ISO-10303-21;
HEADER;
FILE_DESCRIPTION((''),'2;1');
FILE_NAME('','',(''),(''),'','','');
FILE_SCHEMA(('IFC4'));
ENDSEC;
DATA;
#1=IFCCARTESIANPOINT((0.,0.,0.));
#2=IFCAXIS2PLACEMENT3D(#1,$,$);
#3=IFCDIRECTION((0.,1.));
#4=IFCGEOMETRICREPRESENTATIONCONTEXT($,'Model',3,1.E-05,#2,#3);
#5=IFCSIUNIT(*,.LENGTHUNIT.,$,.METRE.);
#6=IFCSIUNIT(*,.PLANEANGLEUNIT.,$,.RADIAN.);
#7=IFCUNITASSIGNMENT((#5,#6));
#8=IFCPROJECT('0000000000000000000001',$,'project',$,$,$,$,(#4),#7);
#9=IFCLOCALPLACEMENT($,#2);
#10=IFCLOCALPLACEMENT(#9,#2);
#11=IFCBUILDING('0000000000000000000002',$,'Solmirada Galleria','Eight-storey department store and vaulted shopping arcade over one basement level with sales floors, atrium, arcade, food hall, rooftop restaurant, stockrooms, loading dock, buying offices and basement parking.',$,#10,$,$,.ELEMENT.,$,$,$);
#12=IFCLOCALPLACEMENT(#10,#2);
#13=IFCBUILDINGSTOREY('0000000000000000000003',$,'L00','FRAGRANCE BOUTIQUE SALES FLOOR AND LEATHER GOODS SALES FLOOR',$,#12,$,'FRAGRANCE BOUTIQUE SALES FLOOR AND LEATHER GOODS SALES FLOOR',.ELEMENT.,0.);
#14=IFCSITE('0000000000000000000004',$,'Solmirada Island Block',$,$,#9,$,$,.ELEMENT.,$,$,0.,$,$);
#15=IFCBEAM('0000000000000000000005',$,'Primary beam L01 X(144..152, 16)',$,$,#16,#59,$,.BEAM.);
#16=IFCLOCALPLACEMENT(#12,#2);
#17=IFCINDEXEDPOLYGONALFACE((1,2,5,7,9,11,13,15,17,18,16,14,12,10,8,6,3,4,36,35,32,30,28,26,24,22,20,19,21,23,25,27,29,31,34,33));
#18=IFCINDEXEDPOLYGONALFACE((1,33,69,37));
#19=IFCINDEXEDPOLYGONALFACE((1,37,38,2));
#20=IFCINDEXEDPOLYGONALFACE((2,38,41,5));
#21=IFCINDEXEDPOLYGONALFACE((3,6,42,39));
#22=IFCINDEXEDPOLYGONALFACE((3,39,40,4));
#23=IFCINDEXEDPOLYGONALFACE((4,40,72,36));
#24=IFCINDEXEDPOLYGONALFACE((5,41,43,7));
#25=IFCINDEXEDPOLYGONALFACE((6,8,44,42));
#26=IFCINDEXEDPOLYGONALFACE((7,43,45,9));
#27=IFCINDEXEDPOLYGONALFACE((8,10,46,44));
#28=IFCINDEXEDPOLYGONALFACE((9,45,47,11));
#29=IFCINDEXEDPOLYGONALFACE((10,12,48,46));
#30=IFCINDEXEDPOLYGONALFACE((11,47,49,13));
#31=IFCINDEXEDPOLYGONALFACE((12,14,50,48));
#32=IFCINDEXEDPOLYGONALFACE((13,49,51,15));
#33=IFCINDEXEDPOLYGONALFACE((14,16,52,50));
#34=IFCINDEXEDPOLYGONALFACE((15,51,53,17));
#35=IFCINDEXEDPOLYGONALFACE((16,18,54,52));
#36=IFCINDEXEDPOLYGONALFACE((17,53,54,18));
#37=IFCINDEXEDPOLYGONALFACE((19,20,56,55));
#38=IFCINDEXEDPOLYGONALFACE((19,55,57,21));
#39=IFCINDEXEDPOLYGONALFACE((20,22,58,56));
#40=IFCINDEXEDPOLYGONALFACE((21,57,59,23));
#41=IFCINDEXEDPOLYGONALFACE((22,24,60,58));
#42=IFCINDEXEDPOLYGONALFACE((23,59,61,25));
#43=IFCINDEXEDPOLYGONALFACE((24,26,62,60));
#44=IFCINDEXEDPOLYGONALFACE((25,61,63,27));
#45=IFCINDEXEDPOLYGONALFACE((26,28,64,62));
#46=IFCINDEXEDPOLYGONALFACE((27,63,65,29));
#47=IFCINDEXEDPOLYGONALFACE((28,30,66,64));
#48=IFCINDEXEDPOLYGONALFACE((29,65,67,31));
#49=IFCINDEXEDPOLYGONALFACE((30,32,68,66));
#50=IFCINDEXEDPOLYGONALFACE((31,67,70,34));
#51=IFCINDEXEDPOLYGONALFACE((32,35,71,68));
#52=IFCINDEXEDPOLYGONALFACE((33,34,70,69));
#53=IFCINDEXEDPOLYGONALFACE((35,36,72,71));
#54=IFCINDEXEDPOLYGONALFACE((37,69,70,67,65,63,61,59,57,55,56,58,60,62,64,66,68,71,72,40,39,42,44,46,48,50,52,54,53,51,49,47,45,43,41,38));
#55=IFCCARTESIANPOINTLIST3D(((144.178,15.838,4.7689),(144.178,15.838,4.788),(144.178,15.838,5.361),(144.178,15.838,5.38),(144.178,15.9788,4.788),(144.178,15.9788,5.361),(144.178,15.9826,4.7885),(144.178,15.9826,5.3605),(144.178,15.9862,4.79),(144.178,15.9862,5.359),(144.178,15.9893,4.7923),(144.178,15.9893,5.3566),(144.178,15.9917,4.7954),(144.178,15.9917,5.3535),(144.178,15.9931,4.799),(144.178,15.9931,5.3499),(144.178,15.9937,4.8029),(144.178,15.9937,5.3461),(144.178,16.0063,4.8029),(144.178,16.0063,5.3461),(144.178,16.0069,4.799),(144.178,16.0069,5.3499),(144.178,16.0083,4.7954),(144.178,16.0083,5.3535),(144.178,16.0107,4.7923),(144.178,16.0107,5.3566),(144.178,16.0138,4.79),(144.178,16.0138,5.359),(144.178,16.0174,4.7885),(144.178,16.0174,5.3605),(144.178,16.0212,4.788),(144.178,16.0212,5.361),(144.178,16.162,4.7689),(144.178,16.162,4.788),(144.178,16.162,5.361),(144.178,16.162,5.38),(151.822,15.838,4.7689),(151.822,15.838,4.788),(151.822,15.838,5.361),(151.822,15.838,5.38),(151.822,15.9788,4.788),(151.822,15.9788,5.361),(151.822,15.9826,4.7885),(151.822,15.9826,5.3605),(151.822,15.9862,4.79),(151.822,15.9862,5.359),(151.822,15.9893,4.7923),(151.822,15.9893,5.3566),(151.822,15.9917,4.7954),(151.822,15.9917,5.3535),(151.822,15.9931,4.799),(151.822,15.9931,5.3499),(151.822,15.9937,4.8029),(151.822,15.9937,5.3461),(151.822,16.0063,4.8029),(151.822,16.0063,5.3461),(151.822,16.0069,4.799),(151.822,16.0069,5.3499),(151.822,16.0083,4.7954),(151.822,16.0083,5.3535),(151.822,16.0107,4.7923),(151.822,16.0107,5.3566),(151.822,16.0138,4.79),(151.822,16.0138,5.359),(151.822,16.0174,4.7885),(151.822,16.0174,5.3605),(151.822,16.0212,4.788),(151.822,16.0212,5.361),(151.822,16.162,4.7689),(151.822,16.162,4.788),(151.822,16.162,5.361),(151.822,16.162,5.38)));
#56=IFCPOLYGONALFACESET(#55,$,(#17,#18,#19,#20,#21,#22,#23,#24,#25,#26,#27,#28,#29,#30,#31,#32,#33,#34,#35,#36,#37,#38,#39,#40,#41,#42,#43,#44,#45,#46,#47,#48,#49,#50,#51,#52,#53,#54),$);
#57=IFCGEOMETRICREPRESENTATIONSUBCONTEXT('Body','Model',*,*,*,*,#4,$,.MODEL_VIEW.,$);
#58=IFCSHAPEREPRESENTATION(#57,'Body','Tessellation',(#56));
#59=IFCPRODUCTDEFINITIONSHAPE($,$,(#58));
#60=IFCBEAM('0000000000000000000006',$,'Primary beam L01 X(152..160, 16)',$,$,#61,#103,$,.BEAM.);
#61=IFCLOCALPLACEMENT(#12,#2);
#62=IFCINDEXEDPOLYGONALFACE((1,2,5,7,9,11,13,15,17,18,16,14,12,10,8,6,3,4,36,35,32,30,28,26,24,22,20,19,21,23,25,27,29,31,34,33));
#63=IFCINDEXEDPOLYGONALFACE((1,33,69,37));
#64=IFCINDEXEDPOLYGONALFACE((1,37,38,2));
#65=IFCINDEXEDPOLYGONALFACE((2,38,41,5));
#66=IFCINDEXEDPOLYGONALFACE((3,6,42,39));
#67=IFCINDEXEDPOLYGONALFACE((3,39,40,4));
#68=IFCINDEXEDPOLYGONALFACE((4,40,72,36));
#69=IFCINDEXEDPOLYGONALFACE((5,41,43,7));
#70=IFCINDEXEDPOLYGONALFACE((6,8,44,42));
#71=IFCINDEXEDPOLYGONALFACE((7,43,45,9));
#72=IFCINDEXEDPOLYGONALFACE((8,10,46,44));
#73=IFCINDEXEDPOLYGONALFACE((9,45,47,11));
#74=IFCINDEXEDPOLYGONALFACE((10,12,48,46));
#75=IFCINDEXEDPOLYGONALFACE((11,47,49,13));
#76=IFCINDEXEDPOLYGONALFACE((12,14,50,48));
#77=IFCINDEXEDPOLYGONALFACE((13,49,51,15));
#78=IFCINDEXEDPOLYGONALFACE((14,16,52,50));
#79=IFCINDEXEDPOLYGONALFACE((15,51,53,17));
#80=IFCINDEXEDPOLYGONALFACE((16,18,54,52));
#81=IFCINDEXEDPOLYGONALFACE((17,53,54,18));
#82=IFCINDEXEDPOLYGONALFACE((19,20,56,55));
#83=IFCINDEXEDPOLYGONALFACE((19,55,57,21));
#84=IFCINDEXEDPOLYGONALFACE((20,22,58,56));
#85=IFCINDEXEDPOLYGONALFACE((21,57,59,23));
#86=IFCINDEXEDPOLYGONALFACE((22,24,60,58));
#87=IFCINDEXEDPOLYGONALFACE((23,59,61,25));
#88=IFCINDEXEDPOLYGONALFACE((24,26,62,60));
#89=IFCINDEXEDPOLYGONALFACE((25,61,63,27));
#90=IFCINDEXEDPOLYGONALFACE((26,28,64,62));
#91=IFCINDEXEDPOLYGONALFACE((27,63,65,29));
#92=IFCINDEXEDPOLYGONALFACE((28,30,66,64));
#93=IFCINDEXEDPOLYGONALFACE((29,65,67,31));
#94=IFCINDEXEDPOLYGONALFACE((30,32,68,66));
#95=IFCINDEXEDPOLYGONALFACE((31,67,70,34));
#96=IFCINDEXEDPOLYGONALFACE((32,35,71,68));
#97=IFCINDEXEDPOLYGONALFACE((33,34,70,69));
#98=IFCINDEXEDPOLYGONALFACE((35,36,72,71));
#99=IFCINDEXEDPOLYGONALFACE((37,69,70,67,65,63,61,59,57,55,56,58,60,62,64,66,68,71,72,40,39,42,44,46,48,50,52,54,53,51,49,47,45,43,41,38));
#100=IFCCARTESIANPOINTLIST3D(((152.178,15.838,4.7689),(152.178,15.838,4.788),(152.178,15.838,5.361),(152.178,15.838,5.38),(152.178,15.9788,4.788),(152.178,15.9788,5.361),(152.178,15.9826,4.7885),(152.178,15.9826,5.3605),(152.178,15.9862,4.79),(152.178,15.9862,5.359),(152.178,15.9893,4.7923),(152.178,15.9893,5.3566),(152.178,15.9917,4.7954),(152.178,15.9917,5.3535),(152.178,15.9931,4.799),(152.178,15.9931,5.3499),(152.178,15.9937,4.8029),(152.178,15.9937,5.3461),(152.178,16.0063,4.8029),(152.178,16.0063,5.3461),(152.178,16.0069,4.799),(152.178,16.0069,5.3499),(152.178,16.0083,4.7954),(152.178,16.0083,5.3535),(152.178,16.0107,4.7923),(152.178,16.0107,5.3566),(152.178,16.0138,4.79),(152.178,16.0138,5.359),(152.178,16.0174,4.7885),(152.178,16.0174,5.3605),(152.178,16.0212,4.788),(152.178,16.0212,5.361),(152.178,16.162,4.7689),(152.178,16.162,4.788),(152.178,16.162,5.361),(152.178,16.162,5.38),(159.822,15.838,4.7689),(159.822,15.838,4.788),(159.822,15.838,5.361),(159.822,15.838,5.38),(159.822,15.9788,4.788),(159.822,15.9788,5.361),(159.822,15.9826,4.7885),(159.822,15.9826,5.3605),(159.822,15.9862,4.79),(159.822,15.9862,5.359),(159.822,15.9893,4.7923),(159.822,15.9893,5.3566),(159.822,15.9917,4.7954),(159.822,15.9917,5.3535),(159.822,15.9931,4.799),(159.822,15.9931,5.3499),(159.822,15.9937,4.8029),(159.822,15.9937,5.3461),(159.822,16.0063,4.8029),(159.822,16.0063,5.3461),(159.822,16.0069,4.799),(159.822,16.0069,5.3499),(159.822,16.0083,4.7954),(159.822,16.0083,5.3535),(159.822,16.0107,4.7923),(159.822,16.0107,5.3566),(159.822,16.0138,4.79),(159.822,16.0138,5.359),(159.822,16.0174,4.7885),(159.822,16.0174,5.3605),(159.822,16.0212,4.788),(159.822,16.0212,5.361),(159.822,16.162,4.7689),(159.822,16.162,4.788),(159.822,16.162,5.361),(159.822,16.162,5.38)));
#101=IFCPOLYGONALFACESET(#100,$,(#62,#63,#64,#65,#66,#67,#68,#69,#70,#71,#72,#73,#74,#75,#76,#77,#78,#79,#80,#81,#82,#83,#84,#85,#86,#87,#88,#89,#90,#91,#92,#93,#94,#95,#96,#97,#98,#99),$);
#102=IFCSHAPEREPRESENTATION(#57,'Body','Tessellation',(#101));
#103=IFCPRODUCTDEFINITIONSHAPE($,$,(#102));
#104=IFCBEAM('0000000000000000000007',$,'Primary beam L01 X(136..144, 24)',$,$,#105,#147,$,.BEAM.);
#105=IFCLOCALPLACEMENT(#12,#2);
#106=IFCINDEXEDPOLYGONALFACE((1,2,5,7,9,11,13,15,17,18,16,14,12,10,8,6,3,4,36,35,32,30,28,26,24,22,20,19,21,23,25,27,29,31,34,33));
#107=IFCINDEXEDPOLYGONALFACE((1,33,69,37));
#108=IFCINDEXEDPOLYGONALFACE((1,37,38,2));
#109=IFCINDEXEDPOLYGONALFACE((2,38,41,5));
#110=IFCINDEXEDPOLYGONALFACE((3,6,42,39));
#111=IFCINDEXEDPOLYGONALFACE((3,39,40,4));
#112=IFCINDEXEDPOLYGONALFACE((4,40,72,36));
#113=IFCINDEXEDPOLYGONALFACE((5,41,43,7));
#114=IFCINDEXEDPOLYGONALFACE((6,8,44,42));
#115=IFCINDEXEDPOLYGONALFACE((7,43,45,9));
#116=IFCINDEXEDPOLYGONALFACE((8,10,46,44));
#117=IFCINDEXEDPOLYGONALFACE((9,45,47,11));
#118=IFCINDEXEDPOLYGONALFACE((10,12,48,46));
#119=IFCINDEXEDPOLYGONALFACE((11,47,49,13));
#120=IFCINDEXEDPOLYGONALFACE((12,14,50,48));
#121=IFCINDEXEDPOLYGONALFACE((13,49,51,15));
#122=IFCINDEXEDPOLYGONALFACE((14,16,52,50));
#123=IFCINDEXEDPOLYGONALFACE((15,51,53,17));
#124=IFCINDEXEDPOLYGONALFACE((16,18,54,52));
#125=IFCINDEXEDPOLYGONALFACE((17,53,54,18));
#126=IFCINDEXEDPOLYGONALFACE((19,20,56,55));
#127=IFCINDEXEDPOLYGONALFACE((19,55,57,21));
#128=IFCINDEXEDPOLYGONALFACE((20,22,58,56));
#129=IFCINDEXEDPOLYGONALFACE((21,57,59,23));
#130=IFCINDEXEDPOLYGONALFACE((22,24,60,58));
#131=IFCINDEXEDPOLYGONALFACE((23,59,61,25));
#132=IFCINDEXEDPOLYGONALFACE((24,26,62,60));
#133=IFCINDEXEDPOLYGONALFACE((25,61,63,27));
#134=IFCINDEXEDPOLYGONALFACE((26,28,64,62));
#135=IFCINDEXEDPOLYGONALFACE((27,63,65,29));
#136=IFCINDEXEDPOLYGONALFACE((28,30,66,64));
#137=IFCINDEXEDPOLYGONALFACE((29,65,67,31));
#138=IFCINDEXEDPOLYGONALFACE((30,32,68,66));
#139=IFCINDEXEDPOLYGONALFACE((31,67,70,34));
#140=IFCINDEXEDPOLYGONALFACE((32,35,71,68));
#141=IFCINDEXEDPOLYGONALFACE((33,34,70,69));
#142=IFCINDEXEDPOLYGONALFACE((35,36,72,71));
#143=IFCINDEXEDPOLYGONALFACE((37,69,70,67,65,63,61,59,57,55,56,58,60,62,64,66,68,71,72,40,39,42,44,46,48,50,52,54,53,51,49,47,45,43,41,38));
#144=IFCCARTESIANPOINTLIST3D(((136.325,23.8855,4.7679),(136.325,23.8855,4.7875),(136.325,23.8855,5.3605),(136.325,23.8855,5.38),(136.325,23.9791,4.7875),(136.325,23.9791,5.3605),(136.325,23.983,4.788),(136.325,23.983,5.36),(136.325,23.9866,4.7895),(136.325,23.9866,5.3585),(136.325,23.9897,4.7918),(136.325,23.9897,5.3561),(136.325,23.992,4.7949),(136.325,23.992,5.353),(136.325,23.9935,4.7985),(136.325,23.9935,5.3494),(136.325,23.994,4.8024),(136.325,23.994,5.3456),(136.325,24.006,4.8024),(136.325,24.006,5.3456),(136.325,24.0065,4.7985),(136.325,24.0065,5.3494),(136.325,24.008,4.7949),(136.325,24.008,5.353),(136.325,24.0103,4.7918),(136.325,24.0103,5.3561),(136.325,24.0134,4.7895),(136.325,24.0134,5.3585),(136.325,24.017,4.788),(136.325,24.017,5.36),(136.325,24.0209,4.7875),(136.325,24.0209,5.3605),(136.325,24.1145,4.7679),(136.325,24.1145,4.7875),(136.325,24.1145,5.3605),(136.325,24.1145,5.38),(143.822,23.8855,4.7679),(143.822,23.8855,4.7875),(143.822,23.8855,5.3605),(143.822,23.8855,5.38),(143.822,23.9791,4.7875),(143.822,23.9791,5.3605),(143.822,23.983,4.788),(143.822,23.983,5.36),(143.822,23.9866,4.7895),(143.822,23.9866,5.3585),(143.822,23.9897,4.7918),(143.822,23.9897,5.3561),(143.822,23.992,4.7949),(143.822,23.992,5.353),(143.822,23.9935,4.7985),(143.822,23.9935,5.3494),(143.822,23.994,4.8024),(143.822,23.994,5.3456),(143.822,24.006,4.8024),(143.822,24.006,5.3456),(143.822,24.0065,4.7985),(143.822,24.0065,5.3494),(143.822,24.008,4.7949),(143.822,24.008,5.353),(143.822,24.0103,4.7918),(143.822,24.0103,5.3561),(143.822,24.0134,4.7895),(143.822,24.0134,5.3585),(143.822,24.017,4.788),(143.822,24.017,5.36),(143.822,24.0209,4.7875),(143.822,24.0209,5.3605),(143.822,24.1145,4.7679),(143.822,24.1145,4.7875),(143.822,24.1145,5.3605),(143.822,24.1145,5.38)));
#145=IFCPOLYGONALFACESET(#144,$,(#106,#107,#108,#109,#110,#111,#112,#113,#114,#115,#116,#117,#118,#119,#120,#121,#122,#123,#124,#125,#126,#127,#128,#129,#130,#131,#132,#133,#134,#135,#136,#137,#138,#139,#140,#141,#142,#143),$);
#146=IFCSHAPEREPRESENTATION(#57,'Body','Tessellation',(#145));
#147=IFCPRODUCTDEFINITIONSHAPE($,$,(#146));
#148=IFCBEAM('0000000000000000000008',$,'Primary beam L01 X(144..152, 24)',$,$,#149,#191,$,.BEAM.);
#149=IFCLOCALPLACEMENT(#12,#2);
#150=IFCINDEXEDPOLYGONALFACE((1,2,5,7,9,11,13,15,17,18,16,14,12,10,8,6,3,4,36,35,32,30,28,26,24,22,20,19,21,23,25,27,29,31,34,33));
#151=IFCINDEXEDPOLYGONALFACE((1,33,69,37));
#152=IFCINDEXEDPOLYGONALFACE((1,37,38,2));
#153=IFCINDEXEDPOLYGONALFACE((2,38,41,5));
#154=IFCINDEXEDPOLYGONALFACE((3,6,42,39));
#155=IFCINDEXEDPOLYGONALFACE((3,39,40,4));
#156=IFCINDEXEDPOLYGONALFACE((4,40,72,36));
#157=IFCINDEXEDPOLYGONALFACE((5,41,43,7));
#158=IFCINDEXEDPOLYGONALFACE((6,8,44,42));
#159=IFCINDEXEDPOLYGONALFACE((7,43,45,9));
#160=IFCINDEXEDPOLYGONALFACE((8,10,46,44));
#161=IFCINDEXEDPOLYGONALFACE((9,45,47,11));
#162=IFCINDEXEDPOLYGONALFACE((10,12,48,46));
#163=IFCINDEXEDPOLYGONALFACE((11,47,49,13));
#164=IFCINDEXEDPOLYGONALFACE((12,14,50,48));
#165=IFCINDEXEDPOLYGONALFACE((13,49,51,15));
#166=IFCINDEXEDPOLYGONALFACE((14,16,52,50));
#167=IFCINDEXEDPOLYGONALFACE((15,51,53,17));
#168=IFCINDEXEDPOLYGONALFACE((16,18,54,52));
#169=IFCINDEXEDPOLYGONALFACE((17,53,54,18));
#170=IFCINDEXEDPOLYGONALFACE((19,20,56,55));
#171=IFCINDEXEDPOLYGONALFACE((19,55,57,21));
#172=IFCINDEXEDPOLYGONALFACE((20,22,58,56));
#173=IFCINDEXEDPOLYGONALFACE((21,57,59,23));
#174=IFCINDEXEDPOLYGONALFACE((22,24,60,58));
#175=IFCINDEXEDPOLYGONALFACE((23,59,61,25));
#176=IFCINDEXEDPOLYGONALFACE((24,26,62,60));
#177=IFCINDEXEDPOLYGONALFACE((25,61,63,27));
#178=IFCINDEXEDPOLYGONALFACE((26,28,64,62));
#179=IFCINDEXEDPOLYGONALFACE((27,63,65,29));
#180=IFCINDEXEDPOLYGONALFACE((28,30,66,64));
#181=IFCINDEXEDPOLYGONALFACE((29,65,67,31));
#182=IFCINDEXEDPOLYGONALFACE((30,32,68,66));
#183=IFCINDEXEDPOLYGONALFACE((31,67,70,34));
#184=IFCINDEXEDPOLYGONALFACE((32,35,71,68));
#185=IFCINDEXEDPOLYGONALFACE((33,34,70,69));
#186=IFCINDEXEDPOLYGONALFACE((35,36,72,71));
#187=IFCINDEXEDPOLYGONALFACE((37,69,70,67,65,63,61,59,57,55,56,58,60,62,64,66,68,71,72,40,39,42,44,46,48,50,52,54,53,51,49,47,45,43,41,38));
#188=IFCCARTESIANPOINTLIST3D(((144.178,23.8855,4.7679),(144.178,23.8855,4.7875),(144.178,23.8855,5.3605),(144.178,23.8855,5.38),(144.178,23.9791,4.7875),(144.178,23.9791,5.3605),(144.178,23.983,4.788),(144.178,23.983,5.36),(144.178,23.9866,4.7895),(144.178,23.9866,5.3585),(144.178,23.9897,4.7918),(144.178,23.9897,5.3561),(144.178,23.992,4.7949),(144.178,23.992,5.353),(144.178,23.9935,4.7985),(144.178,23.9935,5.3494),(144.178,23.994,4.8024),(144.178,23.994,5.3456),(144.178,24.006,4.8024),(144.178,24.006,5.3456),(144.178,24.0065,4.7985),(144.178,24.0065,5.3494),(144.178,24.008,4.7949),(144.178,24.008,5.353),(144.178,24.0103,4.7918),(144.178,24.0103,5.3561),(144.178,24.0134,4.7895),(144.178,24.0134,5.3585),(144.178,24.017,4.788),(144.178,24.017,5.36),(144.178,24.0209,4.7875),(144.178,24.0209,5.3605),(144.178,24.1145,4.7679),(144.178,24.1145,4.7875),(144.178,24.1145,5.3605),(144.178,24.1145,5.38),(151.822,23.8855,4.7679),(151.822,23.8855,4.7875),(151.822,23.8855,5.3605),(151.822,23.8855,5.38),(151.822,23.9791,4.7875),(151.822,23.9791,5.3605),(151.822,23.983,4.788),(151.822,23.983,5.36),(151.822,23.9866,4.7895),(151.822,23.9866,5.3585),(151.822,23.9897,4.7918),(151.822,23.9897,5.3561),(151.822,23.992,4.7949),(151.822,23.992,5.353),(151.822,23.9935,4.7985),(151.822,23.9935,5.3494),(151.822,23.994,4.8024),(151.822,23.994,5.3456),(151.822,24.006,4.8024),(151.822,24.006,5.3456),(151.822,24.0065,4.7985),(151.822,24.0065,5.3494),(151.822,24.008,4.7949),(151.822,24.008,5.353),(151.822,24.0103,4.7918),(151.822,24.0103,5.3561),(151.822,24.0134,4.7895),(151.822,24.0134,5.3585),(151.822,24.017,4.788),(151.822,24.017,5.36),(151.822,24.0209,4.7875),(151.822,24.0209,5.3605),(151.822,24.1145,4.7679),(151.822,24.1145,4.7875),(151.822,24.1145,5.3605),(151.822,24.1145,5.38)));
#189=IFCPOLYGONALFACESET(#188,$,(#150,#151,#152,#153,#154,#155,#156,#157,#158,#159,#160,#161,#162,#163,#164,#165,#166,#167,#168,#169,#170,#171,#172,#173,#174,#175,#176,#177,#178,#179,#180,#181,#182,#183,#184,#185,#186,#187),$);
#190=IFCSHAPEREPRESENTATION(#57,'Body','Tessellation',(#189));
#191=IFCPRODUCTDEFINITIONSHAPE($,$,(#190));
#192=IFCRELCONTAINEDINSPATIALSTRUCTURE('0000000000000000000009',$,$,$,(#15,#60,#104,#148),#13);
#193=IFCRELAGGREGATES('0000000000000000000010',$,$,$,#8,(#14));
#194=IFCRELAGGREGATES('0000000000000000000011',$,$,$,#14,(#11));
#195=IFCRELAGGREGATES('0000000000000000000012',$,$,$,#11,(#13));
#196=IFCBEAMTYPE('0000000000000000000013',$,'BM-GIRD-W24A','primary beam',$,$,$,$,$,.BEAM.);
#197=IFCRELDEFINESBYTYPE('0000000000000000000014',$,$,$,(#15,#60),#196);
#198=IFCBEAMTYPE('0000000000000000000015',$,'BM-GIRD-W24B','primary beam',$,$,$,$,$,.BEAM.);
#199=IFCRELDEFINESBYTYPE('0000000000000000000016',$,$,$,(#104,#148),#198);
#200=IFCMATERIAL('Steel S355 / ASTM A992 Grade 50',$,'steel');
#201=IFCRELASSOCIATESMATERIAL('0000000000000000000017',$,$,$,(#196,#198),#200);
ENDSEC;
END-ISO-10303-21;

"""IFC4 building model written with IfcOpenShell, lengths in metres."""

from ifc_helpers import new_model, si_unit, direction, frame, origin, origin_2d, place, context, subcontext, project, spatial, i_section, extrude, material, material_profile, profile_set, type_object, element, save


model = new_model("IFC4")

# Units and contexts
model_context = context("Model", 3, precision=1e-05, world=origin(), true_north=direction((0.0, 1.0)))
body_context = subcontext(model_context, "Body", "Model", "MODEL_VIEW")
ifc_project = project(units=[si_unit("LENGTHUNIT", "METRE"), si_unit("PLANEANGLEUNIT", "RADIAN")], contexts=[model_context])

# Site, building, storey
site_placement = place(None, origin())
site = spatial("IfcSite", under=ifc_project, at=site_placement, Name="Solmirada Island Block", CompositionType="ELEMENT", RefElevation=0.0)
building_placement = place(site_placement, origin())
building = spatial("IfcBuilding", under=site, at=building_placement, Name="Solmirada Galleria", Description="Eight-storey department store and vaulted shopping arcade over one basement level with sales floors, atrium, arcade, food hall, rooftop restaurant, stockrooms, loading dock, buying offices and basement parking.", CompositionType="ELEMENT")
storey_placement = place(building_placement, origin())
storey = spatial("IfcBuildingStorey", under=building, at=storey_placement, Name="L00", Description="FRAGRANCE BOUTIQUE SALES FLOOR AND LEATHER GOODS SALES FLOOR", LongName="FRAGRANCE BOUTIQUE SALES FLOOR AND LEATHER GOODS SALES FLOOR", CompositionType="ELEMENT", Elevation=0.0)

# Beams
ifc_material_1 = material(Name="Steel S355 / ASTM A992 Grade 50", Category="steel")
ifc_material_profile_1 = material_profile(ifc_material_1, i_section(OverallWidth=0.324, OverallDepth=0.6111, WebThickness=0.0127, FlangeThickness=0.019, FilletRadius=0.0149, at=origin_2d()), Name="W24X104")
ifc_profile_set_1 = profile_set([ifc_material_profile_1], Name="Steel S355 / ASTM A992 Grade 50")
beam_type_1 = type_object("IfcBeamType", Name="BM-GIRD-W24A", Description="primary beam", PredefinedType="BEAM", material=ifc_profile_set_1)
for number, where, z_axis, x_axis, name in (
    (1, (144.178, 16.0, 5.0745), (1.0, 0.0, 0.0), (0.0, 1.0, 0.0), "Primary beam L01 X(144..152, 16)"),
    (2, (152.178, 16.0, 5.0745), (1.0, 0.0, 0.0), (0.0, 1.0, 0.0), "Primary beam L01 X(152..160, 16)"),
):
    element("IfcBeam", number, at=place(storey_placement, frame(where, z_axis=z_axis, x_axis=x_axis)), inside=storey, type_object=beam_type_1, Name=name, PredefinedType="BEAM", context=body_context, shape_type="SweptSolid", body=[
        extrude(i_section(OverallWidth=0.324, OverallDepth=0.6111, WebThickness=0.0127, FlangeThickness=0.019, FilletRadius=0.0149, at=origin_2d()), origin(), (0.0, 0.0, 1.0), 7.644),
    ])
ifc_material_profile_2 = material_profile(ifc_material_1, i_section(OverallWidth=0.229, OverallDepth=0.6121, WebThickness=0.012, FlangeThickness=0.0195, FilletRadius=0.0149, at=origin_2d()), Name="W24X84")
ifc_profile_set_2 = profile_set([ifc_material_profile_2], Name="Steel S355 / ASTM A992 Grade 50")
beam_type_2 = type_object("IfcBeamType", Name="BM-GIRD-W24B", Description="primary beam", PredefinedType="BEAM", material=ifc_profile_set_2)
beam_1_placement = place(storey_placement, frame((136.325, 24.0, 5.074), z_axis=(1.0, 0.0, 0.0), x_axis=(0.0, 1.0, 0.0)))
element("IfcBeam", 3, at=beam_1_placement, inside=storey, type_object=beam_type_2, Name="Primary beam L01 X(136..144, 24)", PredefinedType="BEAM", context=body_context, shape_type="SweptSolid", body=[
    extrude(i_section(OverallWidth=0.229, OverallDepth=0.6121, WebThickness=0.012, FlangeThickness=0.0195, FilletRadius=0.0149, at=origin_2d()), origin(), (0.0, 0.0, 1.0), 7.4971),
])
beam_2_placement = place(storey_placement, frame((144.178, 24.0, 5.074), z_axis=(1.0, 0.0, 0.0), x_axis=(0.0, 1.0, 0.0)))
element("IfcBeam", 4, at=beam_2_placement, inside=storey, type_object=beam_type_2, Name="Primary beam L01 X(144..152, 24)", PredefinedType="BEAM", context=body_context, shape_type="SweptSolid", body=[
    extrude(i_section(OverallWidth=0.229, OverallDepth=0.6121, WebThickness=0.012, FlangeThickness=0.0195, FilletRadius=0.0149, at=origin_2d()), origin(), (0.0, 0.0, 1.0), 7.644),
])

save(model, "model.ifc")
